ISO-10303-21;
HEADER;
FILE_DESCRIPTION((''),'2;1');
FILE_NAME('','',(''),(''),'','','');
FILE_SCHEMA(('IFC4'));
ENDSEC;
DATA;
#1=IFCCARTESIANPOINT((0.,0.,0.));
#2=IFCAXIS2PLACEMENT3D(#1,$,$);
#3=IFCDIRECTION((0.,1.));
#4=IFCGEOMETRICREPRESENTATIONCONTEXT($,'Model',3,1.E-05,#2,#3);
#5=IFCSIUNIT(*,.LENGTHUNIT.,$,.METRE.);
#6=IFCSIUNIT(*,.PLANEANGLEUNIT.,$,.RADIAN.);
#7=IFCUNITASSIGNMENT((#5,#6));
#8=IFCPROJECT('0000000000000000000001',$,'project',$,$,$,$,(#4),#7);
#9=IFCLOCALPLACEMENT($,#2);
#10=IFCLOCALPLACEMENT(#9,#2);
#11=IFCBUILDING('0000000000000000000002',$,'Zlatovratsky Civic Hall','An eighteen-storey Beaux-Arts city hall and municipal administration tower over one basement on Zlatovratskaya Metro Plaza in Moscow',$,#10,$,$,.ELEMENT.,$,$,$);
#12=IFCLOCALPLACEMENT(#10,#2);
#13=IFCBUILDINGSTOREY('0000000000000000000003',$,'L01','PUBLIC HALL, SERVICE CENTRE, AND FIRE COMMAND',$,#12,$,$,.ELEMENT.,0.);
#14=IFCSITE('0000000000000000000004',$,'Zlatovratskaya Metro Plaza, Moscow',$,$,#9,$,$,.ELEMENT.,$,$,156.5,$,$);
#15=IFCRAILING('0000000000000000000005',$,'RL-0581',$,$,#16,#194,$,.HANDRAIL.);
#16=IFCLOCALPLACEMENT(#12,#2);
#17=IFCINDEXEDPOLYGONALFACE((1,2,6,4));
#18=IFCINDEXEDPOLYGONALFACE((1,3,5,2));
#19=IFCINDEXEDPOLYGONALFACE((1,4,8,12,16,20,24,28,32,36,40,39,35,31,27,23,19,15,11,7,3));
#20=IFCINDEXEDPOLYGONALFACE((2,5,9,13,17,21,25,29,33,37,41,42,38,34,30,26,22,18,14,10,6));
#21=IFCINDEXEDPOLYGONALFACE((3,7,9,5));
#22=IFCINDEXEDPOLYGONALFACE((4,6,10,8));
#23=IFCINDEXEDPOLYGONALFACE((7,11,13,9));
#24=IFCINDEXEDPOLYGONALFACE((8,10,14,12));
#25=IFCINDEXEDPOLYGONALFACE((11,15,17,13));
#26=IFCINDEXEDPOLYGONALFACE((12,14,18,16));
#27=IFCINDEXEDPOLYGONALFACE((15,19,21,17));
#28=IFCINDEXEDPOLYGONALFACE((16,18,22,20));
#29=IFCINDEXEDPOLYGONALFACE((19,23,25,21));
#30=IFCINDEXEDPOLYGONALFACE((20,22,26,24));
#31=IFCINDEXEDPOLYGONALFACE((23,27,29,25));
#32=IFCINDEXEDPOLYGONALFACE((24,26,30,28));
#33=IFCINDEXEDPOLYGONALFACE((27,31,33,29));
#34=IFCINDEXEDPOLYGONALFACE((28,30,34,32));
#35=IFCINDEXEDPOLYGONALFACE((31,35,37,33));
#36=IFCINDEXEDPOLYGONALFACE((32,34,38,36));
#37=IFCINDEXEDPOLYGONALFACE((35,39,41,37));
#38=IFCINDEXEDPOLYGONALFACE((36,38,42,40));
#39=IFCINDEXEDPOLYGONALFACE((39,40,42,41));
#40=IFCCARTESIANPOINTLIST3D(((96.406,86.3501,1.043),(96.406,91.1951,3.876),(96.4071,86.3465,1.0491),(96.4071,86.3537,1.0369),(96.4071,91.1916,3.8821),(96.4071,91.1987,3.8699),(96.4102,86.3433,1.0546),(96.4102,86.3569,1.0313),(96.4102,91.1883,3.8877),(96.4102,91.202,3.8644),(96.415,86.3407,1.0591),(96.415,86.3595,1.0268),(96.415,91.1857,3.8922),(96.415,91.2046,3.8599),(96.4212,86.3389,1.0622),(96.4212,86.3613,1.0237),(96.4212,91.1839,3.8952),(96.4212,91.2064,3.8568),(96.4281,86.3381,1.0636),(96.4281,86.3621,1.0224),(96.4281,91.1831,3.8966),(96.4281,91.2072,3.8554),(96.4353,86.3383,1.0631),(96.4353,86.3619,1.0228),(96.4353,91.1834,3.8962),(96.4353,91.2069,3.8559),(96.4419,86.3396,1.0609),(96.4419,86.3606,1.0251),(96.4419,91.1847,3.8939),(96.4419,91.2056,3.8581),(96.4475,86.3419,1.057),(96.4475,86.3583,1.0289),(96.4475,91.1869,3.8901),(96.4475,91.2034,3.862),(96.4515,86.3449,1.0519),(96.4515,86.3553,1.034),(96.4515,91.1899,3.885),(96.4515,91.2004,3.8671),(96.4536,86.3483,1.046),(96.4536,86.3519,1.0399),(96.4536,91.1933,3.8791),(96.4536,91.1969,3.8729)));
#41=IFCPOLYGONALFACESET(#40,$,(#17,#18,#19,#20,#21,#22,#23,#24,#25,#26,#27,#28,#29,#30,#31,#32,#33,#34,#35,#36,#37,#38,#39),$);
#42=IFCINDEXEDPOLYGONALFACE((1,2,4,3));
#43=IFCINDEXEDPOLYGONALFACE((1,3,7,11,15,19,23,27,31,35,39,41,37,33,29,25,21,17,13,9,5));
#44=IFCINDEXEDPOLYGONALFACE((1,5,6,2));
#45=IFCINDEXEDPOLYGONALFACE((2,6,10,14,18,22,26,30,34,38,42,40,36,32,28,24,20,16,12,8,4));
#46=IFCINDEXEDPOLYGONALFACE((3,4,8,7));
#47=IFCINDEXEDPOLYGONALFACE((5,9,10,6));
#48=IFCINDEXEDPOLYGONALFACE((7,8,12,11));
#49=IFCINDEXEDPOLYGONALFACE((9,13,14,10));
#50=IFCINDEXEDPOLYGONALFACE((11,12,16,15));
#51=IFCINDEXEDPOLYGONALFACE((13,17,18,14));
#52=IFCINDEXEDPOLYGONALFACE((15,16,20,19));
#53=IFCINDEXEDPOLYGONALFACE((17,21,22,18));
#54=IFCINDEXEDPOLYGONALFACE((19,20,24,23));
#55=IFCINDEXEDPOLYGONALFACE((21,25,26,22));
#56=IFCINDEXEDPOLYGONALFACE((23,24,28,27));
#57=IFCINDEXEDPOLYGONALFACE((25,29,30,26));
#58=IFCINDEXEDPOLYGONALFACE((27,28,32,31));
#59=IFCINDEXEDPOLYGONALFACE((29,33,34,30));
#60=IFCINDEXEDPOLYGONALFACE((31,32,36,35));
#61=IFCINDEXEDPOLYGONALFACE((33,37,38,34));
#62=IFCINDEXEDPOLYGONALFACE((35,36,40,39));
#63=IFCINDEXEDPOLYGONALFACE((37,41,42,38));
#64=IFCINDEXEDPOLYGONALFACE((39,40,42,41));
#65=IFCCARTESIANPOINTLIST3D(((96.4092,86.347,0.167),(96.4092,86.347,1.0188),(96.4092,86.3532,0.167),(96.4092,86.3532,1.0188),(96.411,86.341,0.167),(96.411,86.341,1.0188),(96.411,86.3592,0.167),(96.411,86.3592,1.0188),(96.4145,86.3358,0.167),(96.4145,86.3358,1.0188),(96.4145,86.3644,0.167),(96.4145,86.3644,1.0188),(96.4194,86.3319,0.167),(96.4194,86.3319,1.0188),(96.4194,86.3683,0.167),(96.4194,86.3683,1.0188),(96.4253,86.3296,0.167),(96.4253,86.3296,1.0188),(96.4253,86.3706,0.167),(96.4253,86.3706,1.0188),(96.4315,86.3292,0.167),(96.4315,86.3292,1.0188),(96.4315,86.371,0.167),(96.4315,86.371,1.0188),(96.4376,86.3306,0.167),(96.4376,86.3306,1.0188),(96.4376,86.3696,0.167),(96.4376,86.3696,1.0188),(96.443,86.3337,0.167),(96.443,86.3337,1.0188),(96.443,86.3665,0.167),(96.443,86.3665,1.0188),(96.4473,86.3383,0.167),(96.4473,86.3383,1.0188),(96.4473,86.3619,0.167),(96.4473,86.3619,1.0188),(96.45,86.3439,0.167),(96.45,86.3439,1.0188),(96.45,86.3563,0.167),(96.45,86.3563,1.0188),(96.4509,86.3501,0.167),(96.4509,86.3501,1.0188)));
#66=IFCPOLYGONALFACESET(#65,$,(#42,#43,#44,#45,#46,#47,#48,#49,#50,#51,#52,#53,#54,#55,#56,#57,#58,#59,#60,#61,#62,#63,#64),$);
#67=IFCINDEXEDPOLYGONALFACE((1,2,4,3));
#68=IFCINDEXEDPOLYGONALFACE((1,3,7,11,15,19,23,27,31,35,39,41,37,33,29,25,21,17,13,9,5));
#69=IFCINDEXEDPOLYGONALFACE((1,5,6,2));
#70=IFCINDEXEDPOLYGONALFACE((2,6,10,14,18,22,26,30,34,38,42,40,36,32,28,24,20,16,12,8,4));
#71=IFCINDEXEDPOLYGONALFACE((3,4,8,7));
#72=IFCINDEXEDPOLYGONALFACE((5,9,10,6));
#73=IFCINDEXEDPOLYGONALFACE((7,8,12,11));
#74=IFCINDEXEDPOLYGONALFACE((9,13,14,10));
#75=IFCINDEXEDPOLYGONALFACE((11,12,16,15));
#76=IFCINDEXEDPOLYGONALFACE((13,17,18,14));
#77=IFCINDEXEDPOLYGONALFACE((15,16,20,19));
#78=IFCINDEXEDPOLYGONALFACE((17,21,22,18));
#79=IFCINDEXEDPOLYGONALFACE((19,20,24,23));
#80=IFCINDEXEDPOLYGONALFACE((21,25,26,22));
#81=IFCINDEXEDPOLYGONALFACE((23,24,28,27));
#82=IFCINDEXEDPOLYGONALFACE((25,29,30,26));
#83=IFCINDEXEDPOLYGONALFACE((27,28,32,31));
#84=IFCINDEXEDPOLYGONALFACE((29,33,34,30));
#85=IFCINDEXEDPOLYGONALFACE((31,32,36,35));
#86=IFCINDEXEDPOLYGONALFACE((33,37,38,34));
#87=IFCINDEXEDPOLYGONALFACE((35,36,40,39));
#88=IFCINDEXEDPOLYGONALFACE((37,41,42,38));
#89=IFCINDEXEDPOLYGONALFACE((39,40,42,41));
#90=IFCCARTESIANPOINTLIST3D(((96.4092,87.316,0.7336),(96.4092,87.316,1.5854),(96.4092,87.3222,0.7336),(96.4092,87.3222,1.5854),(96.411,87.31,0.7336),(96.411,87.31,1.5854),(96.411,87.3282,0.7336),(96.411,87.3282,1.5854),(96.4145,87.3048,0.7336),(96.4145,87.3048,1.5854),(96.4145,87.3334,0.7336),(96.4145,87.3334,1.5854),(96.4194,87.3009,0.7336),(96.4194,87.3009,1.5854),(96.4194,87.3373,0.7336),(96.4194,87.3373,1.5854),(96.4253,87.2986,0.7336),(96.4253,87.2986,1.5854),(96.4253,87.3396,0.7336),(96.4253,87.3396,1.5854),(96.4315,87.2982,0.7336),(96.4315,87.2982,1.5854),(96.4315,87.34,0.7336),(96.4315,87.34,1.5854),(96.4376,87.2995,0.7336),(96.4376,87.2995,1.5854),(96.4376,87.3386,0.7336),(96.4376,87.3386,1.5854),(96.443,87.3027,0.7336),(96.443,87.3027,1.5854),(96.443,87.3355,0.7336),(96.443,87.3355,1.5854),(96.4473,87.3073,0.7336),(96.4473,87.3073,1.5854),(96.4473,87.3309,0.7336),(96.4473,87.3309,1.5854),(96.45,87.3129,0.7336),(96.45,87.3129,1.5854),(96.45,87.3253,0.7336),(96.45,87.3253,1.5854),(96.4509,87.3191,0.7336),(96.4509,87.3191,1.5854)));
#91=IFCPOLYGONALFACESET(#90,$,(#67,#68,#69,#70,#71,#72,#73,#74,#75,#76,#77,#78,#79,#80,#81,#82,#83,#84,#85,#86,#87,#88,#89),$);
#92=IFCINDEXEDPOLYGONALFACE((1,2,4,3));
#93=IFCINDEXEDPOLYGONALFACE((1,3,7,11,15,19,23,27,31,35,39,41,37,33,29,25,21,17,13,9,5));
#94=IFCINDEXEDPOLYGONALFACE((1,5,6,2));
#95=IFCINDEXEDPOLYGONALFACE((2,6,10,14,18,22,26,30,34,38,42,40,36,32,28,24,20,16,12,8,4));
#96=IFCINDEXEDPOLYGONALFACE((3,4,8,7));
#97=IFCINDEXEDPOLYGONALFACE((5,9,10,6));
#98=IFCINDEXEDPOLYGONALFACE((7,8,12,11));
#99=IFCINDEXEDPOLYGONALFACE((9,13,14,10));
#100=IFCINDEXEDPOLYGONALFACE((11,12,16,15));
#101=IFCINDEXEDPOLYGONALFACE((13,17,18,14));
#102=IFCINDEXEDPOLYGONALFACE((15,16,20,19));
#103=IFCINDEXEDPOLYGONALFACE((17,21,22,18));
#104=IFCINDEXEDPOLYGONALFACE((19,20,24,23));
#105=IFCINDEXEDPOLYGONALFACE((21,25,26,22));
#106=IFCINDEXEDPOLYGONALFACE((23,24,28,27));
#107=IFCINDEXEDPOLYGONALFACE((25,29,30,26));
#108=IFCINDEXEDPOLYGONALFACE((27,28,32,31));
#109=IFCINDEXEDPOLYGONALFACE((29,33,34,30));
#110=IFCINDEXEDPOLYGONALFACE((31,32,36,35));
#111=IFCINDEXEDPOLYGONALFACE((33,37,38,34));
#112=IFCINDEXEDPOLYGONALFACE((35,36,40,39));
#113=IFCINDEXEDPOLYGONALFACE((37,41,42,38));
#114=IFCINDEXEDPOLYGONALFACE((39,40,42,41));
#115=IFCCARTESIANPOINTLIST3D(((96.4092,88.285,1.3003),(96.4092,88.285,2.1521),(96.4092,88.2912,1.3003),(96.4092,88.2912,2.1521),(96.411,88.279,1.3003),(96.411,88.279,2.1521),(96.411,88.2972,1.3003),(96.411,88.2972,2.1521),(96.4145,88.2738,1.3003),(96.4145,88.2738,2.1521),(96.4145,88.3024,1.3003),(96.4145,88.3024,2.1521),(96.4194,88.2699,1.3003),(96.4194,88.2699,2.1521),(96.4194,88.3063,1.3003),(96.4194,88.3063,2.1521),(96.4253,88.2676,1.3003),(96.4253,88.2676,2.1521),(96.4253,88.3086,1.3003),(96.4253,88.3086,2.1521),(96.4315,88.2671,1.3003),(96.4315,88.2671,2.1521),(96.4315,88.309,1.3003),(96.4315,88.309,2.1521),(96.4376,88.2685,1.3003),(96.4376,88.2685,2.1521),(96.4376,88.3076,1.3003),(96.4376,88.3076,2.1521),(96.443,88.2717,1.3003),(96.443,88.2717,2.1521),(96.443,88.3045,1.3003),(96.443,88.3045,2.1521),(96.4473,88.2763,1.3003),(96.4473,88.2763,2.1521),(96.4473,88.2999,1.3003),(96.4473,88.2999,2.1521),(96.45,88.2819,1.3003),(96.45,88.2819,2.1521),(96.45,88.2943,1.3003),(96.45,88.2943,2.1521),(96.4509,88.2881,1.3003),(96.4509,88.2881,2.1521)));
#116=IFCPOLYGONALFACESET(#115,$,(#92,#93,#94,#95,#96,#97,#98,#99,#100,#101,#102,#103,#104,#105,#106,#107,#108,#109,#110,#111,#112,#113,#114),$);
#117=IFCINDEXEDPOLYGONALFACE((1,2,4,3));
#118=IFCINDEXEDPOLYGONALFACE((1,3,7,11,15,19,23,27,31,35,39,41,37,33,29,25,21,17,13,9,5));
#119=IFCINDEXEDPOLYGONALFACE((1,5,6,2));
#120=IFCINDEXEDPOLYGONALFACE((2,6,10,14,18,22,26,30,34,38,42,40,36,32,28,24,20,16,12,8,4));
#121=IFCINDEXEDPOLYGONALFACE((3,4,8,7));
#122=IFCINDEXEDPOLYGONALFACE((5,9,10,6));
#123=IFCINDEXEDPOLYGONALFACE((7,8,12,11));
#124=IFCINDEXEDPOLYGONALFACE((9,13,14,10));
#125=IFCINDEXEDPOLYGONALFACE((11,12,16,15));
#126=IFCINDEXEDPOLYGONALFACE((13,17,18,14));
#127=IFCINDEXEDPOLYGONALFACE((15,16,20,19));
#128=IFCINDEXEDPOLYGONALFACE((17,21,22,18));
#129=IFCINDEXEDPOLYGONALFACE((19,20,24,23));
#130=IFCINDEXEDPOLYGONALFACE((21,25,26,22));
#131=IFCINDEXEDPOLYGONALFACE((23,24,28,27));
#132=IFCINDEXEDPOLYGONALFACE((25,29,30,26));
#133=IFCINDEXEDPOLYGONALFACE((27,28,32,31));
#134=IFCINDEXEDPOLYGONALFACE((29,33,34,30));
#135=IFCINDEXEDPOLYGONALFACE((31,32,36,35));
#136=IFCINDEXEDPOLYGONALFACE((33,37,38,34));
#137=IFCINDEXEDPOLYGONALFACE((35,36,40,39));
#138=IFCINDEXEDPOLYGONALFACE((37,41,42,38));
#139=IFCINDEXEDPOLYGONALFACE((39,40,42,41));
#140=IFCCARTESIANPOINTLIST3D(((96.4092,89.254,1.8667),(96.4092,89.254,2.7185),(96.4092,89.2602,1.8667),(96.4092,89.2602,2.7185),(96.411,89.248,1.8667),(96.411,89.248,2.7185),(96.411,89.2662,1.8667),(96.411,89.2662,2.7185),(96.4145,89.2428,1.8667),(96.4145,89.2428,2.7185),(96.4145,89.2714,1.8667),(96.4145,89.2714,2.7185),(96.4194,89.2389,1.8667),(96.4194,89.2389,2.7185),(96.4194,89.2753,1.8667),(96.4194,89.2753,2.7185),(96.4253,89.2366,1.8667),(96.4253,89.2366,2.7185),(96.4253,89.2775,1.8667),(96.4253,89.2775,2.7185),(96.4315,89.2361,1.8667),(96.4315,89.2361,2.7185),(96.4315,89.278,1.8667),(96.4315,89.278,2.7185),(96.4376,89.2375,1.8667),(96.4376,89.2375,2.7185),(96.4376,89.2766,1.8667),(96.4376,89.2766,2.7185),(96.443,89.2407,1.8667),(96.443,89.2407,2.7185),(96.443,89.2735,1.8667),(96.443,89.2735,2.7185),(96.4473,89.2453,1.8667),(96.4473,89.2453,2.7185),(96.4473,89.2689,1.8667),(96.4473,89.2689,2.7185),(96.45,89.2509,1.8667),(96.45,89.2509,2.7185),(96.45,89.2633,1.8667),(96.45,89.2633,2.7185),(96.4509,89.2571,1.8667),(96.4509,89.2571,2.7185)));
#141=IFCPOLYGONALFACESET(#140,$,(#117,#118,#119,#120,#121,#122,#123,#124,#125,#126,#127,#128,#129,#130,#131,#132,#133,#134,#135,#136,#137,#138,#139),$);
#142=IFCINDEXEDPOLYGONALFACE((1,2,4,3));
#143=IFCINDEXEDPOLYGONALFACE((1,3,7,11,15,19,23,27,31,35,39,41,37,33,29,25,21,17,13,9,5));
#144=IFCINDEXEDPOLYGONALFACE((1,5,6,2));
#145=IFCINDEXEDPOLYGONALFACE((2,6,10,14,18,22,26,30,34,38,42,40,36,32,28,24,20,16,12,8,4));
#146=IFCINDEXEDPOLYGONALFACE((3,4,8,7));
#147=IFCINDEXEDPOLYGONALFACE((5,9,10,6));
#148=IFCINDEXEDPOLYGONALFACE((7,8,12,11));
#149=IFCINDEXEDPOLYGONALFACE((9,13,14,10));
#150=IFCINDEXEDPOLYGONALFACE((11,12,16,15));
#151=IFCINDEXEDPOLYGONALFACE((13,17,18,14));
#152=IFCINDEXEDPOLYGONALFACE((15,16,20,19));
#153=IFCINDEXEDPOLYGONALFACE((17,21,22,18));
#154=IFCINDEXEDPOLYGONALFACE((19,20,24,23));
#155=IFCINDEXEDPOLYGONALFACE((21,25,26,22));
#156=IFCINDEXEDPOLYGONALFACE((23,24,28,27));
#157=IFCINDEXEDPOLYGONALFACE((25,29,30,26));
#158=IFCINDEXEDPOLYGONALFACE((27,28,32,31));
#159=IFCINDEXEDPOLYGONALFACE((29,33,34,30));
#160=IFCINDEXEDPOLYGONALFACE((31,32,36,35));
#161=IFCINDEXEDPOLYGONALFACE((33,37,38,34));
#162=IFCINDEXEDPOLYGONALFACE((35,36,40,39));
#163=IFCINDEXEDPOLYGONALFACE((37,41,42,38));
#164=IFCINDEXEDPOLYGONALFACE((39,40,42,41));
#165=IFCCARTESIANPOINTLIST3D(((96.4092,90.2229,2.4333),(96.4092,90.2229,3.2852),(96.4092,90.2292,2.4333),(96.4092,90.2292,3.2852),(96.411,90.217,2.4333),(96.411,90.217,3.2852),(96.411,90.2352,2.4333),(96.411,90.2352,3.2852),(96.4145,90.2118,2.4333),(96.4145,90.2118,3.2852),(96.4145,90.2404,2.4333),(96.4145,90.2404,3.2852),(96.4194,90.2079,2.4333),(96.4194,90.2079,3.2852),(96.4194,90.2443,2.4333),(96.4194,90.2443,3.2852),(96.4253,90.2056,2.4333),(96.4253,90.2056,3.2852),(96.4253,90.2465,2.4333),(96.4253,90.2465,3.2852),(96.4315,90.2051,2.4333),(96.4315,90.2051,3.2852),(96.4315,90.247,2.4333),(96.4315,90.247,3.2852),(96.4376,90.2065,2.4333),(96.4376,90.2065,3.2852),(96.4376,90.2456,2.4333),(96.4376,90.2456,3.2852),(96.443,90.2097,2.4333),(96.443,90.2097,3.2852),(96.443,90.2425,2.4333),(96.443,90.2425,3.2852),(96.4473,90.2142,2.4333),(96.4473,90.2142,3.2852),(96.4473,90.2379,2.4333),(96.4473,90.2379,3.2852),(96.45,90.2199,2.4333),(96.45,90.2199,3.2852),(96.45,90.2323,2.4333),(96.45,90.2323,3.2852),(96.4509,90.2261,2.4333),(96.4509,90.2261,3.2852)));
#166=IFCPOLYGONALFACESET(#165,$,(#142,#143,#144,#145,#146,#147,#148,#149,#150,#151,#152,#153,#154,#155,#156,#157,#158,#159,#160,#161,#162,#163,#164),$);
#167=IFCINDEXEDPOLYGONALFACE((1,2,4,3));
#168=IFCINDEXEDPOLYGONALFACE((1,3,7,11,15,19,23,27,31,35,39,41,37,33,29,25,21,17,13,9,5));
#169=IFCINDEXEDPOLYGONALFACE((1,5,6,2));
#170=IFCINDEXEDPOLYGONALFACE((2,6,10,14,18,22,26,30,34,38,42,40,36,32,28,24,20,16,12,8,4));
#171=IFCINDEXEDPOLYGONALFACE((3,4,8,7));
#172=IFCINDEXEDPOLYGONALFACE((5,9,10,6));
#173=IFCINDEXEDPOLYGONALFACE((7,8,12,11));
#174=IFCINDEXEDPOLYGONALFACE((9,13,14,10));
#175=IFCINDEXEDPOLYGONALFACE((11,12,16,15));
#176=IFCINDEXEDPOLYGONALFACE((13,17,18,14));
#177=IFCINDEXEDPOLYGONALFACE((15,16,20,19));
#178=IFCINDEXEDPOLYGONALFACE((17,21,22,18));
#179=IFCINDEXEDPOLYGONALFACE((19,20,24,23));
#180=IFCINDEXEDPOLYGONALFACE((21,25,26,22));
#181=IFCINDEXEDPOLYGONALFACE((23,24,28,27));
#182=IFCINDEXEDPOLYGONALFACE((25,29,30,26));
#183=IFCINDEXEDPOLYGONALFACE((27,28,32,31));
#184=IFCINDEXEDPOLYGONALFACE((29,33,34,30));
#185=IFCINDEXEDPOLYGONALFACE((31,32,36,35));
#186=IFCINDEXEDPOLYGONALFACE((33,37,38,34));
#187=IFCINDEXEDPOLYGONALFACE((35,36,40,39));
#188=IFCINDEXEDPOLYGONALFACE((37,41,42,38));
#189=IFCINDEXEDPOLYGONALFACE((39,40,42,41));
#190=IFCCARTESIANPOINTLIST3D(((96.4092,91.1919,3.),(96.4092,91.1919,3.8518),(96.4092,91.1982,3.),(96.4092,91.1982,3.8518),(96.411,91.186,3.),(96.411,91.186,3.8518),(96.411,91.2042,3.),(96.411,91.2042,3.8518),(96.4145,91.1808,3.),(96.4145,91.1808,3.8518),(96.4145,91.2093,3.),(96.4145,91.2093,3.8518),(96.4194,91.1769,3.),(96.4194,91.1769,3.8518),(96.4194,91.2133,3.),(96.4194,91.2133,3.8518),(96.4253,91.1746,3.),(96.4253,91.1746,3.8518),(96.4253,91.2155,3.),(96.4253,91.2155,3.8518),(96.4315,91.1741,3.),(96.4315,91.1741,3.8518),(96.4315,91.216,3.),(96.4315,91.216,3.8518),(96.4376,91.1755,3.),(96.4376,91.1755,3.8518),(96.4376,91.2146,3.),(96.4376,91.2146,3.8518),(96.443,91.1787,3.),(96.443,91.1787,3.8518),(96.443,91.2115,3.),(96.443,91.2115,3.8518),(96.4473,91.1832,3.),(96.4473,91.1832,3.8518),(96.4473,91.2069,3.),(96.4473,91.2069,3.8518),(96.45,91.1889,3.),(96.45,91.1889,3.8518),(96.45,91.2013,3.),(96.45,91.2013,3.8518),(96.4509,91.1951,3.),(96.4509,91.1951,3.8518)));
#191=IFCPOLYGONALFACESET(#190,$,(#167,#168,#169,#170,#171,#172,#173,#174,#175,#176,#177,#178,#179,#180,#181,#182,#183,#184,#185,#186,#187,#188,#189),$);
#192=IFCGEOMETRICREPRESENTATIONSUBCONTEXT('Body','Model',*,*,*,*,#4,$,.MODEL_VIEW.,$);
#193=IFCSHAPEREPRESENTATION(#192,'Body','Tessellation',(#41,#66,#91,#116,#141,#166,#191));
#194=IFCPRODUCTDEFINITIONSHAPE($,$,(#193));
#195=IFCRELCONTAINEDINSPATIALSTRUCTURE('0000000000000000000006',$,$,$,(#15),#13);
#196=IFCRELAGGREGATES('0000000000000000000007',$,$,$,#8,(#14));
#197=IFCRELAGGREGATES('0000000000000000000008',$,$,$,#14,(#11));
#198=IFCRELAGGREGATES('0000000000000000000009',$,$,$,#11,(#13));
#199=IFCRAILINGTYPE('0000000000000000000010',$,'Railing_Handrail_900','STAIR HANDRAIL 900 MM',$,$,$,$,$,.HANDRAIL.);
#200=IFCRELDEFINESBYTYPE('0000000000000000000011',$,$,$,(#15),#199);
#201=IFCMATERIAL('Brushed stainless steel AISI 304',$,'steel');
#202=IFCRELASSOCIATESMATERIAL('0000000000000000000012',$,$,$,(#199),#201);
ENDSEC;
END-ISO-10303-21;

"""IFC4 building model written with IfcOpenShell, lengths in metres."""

from ifc_helpers import new_model, si_unit, direction, frame, origin, origin_2d, place, context, subcontext, project, spatial, circle, extrude, material, type_object, element, save


model = new_model("IFC4")

# Units and contexts
model_context = context("Model", 3, precision=1e-05, world=origin(), true_north=direction((0.0, 1.0)))
body_context = subcontext(model_context, "Body", "Model", "MODEL_VIEW")
ifc_project = project(units=[si_unit("LENGTHUNIT", "METRE"), si_unit("PLANEANGLEUNIT", "RADIAN")], contexts=[model_context])

# Site, building, storey
site_placement = place(None, origin())
site = spatial("IfcSite", under=ifc_project, at=site_placement, Name="Zlatovratskaya Metro Plaza, Moscow", CompositionType="ELEMENT", RefElevation=156.5)
building_placement = place(site_placement, origin())
building = spatial("IfcBuilding", under=site, at=building_placement, Name="Zlatovratsky Civic Hall", Description="An eighteen-storey Beaux-Arts city hall and municipal administration tower over one basement on Zlatovratskaya Metro Plaza in Moscow", CompositionType="ELEMENT")
storey_placement = place(building_placement, origin())
storey = spatial("IfcBuildingStorey", under=building, at=storey_placement, Name="L01", Description="PUBLIC HALL, SERVICE CENTRE, AND FIRE COMMAND", CompositionType="ELEMENT", Elevation=0.0)

# Railing
ifc_material_1 = material(Name="Brushed stainless steel AISI 304", Category="steel")
railing_type_1 = type_object("IfcRailingType", Name="Railing_Handrail_900", Description="STAIR HANDRAIL 900 MM", PredefinedType="HANDRAIL", material=ifc_material_1)
railing_1_placement = place(storey_placement, frame((96.4299, 86.3501, 0.167)))
element("IfcRailing", 1, at=railing_1_placement, inside=storey, type_object=railing_type_1, Name="RL-0581", PredefinedType="HANDRAIL", context=body_context, shape_type="SweptSolid", body=[
    extrude(circle(Radius=0.0239, at=origin_2d()), frame((0.0, 0.0, 0.876), z_axis=(0.0, 0.863253, 0.504771), x_axis=(-1.0, 0.0, 0.0)), (0.0, 0.0, 1.0), 5.6125),
    extrude(circle(Radius=0.021, at=origin_2d()), origin(), (0.0, 0.0, 1.0), 0.8518),
    extrude(circle(Radius=0.021, at=origin_2d()), frame((0.0, 0.969, 0.5667)), (0.0, 0.0, 1.0), 0.8518),
    extrude(circle(Radius=0.021, at=origin_2d()), frame((0.0, 1.938, 1.1333)), (0.0, 0.0, 1.0), 0.8518),
    extrude(circle(Radius=0.021, at=origin_2d()), frame((0.0, 2.907, 1.6997)), (0.0, 0.0, 1.0), 0.8518),
    extrude(circle(Radius=0.021, at=origin_2d()), frame((0.0, 3.876, 2.2664)), (0.0, 0.0, 1.0), 0.8518),
    extrude(circle(Radius=0.021, at=origin_2d()), frame((0.0, 4.845, 2.833)), (0.0, 0.0, 1.0), 0.8518),
])

save(model, "model.ifc")
